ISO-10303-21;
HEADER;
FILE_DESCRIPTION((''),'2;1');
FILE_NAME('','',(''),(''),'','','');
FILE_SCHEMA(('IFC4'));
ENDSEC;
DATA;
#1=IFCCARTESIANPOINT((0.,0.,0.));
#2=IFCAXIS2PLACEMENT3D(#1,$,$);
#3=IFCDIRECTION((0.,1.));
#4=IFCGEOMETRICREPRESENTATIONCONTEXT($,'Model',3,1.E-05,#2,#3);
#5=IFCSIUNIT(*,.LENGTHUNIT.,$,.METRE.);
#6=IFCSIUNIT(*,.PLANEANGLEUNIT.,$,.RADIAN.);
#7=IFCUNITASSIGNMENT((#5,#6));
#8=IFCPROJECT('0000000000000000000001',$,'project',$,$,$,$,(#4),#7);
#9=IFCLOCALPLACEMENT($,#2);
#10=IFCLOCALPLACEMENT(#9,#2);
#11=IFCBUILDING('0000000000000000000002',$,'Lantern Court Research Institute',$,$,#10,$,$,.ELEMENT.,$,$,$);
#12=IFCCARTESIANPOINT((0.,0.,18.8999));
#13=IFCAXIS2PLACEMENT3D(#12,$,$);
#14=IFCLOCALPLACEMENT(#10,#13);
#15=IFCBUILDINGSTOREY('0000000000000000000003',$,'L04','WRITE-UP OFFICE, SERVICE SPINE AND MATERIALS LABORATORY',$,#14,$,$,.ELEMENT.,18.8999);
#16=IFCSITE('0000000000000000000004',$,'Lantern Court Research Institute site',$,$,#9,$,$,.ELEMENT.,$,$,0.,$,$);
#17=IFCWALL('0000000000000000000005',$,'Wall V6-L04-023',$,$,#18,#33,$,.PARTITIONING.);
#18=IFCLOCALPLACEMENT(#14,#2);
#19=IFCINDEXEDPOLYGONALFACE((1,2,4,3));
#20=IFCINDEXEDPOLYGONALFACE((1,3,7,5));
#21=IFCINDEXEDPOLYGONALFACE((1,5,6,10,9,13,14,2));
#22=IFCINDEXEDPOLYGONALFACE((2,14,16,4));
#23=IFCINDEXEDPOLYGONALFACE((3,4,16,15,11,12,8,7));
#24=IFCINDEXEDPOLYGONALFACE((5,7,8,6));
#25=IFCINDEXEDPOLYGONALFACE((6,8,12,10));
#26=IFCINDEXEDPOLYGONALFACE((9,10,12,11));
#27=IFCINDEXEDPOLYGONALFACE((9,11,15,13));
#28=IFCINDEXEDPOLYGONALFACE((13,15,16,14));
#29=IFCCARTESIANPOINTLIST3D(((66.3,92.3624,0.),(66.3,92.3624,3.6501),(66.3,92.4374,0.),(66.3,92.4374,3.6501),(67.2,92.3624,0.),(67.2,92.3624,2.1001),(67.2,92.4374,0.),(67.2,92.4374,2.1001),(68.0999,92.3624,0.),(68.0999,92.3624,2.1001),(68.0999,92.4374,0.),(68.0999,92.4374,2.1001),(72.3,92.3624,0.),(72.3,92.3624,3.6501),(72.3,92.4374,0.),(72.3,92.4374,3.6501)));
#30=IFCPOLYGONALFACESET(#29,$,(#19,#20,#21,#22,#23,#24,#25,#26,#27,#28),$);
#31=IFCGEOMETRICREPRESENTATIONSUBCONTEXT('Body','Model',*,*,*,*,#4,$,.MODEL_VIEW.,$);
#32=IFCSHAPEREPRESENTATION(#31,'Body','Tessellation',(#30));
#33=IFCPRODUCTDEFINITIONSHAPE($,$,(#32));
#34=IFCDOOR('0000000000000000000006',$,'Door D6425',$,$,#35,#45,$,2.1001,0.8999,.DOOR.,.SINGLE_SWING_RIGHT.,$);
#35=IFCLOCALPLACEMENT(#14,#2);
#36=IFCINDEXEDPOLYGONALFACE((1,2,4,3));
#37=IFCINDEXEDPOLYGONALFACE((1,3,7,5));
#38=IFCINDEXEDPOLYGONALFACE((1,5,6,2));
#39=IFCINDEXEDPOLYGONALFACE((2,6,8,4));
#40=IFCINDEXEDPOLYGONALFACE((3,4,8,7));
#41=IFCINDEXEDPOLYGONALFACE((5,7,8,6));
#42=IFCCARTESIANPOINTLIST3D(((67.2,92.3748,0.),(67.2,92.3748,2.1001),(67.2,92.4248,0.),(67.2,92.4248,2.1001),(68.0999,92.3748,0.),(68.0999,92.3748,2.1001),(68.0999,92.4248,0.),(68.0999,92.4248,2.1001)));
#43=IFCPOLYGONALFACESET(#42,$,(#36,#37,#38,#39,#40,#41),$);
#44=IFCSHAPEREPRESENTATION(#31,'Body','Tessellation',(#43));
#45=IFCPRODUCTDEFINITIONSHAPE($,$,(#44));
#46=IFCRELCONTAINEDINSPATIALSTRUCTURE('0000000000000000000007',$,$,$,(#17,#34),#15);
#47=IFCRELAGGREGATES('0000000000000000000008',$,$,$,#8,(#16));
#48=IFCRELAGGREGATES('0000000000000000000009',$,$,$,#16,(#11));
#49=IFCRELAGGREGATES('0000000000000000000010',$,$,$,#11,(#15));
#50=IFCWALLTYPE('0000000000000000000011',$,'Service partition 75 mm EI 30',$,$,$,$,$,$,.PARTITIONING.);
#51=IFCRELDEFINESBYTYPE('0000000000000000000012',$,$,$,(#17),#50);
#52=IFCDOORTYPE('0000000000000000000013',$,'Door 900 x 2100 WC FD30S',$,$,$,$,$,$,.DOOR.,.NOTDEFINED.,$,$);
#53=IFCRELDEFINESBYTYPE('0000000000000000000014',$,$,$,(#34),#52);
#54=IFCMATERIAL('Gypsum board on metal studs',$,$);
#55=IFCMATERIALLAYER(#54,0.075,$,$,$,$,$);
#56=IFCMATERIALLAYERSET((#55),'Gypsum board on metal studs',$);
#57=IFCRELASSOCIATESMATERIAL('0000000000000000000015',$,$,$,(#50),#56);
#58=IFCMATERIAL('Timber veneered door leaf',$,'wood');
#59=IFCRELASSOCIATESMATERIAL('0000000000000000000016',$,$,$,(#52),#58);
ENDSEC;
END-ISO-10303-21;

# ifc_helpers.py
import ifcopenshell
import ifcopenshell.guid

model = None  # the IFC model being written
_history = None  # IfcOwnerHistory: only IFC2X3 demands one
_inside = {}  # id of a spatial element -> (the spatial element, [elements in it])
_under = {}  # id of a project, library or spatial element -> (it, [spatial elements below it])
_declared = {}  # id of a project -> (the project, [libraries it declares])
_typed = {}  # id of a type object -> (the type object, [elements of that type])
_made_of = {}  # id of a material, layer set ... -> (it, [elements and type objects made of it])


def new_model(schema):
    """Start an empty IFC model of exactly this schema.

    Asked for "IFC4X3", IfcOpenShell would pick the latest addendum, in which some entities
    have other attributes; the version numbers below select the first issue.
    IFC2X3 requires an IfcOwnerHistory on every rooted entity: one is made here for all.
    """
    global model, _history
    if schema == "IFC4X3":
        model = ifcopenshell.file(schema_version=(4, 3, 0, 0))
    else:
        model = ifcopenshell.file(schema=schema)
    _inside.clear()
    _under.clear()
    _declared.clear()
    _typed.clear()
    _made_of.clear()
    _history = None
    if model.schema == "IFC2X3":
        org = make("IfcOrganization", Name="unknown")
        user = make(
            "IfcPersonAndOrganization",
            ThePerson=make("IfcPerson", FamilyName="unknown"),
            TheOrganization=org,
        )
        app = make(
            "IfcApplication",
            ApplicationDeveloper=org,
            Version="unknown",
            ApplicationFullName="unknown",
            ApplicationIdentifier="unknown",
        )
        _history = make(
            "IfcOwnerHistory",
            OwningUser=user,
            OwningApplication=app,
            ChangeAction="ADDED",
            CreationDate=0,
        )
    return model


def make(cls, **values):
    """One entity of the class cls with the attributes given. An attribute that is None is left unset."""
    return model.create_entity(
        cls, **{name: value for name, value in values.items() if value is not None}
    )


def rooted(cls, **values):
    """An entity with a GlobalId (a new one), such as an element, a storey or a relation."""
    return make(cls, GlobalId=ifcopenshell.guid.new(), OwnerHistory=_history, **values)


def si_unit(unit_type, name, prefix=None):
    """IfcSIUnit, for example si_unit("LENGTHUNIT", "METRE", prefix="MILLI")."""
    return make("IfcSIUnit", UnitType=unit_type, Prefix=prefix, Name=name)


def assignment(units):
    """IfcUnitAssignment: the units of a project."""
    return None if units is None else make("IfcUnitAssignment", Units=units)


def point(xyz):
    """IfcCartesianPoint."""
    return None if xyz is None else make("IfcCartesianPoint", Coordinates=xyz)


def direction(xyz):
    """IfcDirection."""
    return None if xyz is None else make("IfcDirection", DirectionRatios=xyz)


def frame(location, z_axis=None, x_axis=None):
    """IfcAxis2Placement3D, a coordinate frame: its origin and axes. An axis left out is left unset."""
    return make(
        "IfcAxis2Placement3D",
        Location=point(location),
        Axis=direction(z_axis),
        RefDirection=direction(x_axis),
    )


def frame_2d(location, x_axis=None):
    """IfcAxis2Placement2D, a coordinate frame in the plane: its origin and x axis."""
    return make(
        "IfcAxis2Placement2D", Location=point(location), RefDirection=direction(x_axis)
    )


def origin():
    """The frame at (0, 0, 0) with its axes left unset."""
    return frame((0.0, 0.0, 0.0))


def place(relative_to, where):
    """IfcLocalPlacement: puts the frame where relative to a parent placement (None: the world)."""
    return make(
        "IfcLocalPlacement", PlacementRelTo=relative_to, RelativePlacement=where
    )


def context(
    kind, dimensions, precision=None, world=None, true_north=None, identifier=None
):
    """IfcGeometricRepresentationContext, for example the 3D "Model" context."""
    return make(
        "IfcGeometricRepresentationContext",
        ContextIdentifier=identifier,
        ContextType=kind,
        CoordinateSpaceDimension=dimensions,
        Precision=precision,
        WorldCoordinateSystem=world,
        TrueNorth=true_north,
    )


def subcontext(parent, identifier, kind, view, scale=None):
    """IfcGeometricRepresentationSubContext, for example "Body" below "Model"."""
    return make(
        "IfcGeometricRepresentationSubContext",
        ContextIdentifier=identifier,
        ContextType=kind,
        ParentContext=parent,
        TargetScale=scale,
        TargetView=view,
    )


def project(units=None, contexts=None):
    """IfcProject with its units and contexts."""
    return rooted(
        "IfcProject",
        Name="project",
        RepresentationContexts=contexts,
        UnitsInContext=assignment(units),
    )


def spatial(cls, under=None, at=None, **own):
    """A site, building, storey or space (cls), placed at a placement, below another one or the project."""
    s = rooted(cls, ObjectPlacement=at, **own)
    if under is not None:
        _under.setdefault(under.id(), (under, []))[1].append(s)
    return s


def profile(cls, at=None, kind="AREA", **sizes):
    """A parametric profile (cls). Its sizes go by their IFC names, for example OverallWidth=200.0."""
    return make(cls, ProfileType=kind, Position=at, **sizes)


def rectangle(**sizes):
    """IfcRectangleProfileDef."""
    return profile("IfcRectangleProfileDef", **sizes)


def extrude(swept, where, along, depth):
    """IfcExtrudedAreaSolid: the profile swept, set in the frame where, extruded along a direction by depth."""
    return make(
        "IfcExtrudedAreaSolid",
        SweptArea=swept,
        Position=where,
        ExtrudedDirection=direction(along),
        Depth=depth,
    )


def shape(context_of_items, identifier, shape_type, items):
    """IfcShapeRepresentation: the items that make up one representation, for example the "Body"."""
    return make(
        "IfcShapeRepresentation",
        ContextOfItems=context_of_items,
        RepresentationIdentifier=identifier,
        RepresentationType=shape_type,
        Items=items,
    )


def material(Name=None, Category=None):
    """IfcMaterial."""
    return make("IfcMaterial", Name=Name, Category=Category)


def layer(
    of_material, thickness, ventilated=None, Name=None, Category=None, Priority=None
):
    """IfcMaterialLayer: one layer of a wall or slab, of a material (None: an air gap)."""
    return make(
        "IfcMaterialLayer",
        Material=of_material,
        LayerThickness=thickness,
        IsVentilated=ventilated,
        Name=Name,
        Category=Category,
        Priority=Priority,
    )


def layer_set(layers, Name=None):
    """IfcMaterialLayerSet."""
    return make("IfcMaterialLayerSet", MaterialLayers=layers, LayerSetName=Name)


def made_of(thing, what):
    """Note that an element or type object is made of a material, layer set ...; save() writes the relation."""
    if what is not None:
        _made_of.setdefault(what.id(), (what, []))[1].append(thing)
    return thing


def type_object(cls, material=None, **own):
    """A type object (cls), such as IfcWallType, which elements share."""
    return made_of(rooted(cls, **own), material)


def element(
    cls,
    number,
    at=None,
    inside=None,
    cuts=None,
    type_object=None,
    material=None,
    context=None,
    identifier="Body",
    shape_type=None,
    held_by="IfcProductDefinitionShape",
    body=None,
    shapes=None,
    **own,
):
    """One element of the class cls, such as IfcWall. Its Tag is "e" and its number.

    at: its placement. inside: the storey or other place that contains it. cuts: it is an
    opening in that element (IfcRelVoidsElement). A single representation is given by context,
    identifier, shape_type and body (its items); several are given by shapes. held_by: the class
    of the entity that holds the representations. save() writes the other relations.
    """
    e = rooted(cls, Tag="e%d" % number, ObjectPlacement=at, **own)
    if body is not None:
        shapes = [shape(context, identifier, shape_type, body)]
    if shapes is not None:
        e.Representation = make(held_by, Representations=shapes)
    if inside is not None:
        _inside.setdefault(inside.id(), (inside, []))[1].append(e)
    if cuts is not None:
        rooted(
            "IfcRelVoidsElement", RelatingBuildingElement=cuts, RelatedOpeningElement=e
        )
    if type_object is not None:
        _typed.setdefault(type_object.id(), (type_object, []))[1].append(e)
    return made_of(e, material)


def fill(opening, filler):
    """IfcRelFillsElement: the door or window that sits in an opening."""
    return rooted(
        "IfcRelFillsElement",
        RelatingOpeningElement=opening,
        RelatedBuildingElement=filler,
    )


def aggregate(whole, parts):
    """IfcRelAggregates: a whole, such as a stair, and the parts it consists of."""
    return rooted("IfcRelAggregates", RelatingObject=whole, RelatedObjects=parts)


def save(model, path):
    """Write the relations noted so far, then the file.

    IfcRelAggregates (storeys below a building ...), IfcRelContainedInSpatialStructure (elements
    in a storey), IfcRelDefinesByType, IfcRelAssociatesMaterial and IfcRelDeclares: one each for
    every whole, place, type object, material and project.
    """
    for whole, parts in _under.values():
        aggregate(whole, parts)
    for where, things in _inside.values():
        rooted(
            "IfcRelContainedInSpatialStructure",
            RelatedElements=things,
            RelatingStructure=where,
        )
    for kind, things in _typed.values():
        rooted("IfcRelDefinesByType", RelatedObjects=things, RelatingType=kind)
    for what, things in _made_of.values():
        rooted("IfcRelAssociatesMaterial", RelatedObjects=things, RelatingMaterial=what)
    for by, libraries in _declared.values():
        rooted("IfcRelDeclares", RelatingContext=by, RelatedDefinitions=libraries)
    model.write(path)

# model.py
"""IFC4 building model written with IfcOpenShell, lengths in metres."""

from ifc_helpers import new_model, si_unit, direction, frame, frame_2d, origin, place, context, subcontext, project, spatial, rectangle, extrude, material, layer, layer_set, type_object, element, fill, save


model = new_model("IFC4")

# Units and contexts
model_context = context("Model", 3, precision=1e-05, world=origin(), true_north=direction((0.0, 1.0)))
body_context = subcontext(model_context, "Body", "Model", "MODEL_VIEW")
ifc_project = project(units=[si_unit("LENGTHUNIT", "METRE"), si_unit("PLANEANGLEUNIT", "RADIAN")], contexts=[model_context])

# Site, building, storey
site_placement = place(None, origin())
site = spatial("IfcSite", under=ifc_project, at=site_placement, Name="Lantern Court Research Institute site", CompositionType="ELEMENT", RefElevation=0.0)
building_placement = place(site_placement, origin())
building = spatial("IfcBuilding", under=site, at=building_placement, Name="Lantern Court Research Institute", CompositionType="ELEMENT")
storey_placement = place(building_placement, frame((0.0, 0.0, 18.8999)))
storey = spatial("IfcBuildingStorey", under=building, at=storey_placement, Name="L04", Description="WRITE-UP OFFICE, SERVICE SPINE AND MATERIALS LABORATORY", CompositionType="ELEMENT", Elevation=18.8999)

# Shared definitions
ifc_material_1 = material(Name="Gypsum board on metal studs")
ifc_layer_1 = layer(ifc_material_1, 0.075)
ifc_layer_set_1 = layer_set([ifc_layer_1], Name="Gypsum board on metal studs")
wall_type_1 = type_object("IfcWallType", Name="Service partition 75 mm EI 30", PredefinedType="PARTITIONING", material=ifc_layer_set_1)

# Wall, opening, door
wall_1_placement = place(storey_placement, frame((66.3, 92.3999, 0.0), z_axis=(0.0, 0.0, 1.0), x_axis=(1.0, 0.0, 0.0)))
wall_1 = element("IfcWall", 1, at=wall_1_placement, inside=storey, type_object=wall_type_1, Name="Wall V6-L04-023", PredefinedType="PARTITIONING", context=body_context, shape_type="SweptSolid", body=[
    extrude(rectangle(XDim=6.0, YDim=0.075, at=frame_2d((3.0, 0.0))), origin(), (0.0, 0.0, 1.0), 3.6501),
])
opening_1_placement = place(wall_1_placement, frame((0.8999, 0.0, 0.0)))
opening_1 = element("IfcOpeningElement", 2, at=opening_1_placement, cuts=wall_1, PredefinedType="OPENING", context=body_context, shape_type="SweptSolid", body=[
    extrude(rectangle(XDim=0.8999, YDim=2.1001, at=frame_2d((0.45, 1.05))), frame((0.0, 0.0474, 0.0), z_axis=(0.0, -1.0, 0.0), x_axis=(1.0, 0.0, 0.0)), (0.0, 0.0, 1.0), 0.095),
])
ifc_material_2 = material(Name="Timber veneered door leaf", Category="wood")
door_type_1 = type_object("IfcDoorType", Name="Door 900 x 2100 WC FD30S", OperationType="NOTDEFINED", PredefinedType="DOOR", material=ifc_material_2)
door_1_placement = place(opening_1_placement, origin())
door_1 = element("IfcDoor", 3, at=door_1_placement, inside=storey, type_object=door_type_1, Name="Door D6425", OperationType="SINGLE_SWING_RIGHT", OverallHeight=2.1001, OverallWidth=0.8999, PredefinedType="DOOR", context=body_context, shape_type="SweptSolid", body=[
    extrude(rectangle(XDim=0.8999, YDim=2.1001, at=frame_2d((0.45, 1.05))), frame((0.0, 0.0249, 0.0), z_axis=(0.0, -1.0, 0.0), x_axis=(1.0, 0.0, 0.0)), (0.0, 0.0, 1.0), 0.05),
])
fill(opening_1, door_1)

save(model, "model.ifc")
